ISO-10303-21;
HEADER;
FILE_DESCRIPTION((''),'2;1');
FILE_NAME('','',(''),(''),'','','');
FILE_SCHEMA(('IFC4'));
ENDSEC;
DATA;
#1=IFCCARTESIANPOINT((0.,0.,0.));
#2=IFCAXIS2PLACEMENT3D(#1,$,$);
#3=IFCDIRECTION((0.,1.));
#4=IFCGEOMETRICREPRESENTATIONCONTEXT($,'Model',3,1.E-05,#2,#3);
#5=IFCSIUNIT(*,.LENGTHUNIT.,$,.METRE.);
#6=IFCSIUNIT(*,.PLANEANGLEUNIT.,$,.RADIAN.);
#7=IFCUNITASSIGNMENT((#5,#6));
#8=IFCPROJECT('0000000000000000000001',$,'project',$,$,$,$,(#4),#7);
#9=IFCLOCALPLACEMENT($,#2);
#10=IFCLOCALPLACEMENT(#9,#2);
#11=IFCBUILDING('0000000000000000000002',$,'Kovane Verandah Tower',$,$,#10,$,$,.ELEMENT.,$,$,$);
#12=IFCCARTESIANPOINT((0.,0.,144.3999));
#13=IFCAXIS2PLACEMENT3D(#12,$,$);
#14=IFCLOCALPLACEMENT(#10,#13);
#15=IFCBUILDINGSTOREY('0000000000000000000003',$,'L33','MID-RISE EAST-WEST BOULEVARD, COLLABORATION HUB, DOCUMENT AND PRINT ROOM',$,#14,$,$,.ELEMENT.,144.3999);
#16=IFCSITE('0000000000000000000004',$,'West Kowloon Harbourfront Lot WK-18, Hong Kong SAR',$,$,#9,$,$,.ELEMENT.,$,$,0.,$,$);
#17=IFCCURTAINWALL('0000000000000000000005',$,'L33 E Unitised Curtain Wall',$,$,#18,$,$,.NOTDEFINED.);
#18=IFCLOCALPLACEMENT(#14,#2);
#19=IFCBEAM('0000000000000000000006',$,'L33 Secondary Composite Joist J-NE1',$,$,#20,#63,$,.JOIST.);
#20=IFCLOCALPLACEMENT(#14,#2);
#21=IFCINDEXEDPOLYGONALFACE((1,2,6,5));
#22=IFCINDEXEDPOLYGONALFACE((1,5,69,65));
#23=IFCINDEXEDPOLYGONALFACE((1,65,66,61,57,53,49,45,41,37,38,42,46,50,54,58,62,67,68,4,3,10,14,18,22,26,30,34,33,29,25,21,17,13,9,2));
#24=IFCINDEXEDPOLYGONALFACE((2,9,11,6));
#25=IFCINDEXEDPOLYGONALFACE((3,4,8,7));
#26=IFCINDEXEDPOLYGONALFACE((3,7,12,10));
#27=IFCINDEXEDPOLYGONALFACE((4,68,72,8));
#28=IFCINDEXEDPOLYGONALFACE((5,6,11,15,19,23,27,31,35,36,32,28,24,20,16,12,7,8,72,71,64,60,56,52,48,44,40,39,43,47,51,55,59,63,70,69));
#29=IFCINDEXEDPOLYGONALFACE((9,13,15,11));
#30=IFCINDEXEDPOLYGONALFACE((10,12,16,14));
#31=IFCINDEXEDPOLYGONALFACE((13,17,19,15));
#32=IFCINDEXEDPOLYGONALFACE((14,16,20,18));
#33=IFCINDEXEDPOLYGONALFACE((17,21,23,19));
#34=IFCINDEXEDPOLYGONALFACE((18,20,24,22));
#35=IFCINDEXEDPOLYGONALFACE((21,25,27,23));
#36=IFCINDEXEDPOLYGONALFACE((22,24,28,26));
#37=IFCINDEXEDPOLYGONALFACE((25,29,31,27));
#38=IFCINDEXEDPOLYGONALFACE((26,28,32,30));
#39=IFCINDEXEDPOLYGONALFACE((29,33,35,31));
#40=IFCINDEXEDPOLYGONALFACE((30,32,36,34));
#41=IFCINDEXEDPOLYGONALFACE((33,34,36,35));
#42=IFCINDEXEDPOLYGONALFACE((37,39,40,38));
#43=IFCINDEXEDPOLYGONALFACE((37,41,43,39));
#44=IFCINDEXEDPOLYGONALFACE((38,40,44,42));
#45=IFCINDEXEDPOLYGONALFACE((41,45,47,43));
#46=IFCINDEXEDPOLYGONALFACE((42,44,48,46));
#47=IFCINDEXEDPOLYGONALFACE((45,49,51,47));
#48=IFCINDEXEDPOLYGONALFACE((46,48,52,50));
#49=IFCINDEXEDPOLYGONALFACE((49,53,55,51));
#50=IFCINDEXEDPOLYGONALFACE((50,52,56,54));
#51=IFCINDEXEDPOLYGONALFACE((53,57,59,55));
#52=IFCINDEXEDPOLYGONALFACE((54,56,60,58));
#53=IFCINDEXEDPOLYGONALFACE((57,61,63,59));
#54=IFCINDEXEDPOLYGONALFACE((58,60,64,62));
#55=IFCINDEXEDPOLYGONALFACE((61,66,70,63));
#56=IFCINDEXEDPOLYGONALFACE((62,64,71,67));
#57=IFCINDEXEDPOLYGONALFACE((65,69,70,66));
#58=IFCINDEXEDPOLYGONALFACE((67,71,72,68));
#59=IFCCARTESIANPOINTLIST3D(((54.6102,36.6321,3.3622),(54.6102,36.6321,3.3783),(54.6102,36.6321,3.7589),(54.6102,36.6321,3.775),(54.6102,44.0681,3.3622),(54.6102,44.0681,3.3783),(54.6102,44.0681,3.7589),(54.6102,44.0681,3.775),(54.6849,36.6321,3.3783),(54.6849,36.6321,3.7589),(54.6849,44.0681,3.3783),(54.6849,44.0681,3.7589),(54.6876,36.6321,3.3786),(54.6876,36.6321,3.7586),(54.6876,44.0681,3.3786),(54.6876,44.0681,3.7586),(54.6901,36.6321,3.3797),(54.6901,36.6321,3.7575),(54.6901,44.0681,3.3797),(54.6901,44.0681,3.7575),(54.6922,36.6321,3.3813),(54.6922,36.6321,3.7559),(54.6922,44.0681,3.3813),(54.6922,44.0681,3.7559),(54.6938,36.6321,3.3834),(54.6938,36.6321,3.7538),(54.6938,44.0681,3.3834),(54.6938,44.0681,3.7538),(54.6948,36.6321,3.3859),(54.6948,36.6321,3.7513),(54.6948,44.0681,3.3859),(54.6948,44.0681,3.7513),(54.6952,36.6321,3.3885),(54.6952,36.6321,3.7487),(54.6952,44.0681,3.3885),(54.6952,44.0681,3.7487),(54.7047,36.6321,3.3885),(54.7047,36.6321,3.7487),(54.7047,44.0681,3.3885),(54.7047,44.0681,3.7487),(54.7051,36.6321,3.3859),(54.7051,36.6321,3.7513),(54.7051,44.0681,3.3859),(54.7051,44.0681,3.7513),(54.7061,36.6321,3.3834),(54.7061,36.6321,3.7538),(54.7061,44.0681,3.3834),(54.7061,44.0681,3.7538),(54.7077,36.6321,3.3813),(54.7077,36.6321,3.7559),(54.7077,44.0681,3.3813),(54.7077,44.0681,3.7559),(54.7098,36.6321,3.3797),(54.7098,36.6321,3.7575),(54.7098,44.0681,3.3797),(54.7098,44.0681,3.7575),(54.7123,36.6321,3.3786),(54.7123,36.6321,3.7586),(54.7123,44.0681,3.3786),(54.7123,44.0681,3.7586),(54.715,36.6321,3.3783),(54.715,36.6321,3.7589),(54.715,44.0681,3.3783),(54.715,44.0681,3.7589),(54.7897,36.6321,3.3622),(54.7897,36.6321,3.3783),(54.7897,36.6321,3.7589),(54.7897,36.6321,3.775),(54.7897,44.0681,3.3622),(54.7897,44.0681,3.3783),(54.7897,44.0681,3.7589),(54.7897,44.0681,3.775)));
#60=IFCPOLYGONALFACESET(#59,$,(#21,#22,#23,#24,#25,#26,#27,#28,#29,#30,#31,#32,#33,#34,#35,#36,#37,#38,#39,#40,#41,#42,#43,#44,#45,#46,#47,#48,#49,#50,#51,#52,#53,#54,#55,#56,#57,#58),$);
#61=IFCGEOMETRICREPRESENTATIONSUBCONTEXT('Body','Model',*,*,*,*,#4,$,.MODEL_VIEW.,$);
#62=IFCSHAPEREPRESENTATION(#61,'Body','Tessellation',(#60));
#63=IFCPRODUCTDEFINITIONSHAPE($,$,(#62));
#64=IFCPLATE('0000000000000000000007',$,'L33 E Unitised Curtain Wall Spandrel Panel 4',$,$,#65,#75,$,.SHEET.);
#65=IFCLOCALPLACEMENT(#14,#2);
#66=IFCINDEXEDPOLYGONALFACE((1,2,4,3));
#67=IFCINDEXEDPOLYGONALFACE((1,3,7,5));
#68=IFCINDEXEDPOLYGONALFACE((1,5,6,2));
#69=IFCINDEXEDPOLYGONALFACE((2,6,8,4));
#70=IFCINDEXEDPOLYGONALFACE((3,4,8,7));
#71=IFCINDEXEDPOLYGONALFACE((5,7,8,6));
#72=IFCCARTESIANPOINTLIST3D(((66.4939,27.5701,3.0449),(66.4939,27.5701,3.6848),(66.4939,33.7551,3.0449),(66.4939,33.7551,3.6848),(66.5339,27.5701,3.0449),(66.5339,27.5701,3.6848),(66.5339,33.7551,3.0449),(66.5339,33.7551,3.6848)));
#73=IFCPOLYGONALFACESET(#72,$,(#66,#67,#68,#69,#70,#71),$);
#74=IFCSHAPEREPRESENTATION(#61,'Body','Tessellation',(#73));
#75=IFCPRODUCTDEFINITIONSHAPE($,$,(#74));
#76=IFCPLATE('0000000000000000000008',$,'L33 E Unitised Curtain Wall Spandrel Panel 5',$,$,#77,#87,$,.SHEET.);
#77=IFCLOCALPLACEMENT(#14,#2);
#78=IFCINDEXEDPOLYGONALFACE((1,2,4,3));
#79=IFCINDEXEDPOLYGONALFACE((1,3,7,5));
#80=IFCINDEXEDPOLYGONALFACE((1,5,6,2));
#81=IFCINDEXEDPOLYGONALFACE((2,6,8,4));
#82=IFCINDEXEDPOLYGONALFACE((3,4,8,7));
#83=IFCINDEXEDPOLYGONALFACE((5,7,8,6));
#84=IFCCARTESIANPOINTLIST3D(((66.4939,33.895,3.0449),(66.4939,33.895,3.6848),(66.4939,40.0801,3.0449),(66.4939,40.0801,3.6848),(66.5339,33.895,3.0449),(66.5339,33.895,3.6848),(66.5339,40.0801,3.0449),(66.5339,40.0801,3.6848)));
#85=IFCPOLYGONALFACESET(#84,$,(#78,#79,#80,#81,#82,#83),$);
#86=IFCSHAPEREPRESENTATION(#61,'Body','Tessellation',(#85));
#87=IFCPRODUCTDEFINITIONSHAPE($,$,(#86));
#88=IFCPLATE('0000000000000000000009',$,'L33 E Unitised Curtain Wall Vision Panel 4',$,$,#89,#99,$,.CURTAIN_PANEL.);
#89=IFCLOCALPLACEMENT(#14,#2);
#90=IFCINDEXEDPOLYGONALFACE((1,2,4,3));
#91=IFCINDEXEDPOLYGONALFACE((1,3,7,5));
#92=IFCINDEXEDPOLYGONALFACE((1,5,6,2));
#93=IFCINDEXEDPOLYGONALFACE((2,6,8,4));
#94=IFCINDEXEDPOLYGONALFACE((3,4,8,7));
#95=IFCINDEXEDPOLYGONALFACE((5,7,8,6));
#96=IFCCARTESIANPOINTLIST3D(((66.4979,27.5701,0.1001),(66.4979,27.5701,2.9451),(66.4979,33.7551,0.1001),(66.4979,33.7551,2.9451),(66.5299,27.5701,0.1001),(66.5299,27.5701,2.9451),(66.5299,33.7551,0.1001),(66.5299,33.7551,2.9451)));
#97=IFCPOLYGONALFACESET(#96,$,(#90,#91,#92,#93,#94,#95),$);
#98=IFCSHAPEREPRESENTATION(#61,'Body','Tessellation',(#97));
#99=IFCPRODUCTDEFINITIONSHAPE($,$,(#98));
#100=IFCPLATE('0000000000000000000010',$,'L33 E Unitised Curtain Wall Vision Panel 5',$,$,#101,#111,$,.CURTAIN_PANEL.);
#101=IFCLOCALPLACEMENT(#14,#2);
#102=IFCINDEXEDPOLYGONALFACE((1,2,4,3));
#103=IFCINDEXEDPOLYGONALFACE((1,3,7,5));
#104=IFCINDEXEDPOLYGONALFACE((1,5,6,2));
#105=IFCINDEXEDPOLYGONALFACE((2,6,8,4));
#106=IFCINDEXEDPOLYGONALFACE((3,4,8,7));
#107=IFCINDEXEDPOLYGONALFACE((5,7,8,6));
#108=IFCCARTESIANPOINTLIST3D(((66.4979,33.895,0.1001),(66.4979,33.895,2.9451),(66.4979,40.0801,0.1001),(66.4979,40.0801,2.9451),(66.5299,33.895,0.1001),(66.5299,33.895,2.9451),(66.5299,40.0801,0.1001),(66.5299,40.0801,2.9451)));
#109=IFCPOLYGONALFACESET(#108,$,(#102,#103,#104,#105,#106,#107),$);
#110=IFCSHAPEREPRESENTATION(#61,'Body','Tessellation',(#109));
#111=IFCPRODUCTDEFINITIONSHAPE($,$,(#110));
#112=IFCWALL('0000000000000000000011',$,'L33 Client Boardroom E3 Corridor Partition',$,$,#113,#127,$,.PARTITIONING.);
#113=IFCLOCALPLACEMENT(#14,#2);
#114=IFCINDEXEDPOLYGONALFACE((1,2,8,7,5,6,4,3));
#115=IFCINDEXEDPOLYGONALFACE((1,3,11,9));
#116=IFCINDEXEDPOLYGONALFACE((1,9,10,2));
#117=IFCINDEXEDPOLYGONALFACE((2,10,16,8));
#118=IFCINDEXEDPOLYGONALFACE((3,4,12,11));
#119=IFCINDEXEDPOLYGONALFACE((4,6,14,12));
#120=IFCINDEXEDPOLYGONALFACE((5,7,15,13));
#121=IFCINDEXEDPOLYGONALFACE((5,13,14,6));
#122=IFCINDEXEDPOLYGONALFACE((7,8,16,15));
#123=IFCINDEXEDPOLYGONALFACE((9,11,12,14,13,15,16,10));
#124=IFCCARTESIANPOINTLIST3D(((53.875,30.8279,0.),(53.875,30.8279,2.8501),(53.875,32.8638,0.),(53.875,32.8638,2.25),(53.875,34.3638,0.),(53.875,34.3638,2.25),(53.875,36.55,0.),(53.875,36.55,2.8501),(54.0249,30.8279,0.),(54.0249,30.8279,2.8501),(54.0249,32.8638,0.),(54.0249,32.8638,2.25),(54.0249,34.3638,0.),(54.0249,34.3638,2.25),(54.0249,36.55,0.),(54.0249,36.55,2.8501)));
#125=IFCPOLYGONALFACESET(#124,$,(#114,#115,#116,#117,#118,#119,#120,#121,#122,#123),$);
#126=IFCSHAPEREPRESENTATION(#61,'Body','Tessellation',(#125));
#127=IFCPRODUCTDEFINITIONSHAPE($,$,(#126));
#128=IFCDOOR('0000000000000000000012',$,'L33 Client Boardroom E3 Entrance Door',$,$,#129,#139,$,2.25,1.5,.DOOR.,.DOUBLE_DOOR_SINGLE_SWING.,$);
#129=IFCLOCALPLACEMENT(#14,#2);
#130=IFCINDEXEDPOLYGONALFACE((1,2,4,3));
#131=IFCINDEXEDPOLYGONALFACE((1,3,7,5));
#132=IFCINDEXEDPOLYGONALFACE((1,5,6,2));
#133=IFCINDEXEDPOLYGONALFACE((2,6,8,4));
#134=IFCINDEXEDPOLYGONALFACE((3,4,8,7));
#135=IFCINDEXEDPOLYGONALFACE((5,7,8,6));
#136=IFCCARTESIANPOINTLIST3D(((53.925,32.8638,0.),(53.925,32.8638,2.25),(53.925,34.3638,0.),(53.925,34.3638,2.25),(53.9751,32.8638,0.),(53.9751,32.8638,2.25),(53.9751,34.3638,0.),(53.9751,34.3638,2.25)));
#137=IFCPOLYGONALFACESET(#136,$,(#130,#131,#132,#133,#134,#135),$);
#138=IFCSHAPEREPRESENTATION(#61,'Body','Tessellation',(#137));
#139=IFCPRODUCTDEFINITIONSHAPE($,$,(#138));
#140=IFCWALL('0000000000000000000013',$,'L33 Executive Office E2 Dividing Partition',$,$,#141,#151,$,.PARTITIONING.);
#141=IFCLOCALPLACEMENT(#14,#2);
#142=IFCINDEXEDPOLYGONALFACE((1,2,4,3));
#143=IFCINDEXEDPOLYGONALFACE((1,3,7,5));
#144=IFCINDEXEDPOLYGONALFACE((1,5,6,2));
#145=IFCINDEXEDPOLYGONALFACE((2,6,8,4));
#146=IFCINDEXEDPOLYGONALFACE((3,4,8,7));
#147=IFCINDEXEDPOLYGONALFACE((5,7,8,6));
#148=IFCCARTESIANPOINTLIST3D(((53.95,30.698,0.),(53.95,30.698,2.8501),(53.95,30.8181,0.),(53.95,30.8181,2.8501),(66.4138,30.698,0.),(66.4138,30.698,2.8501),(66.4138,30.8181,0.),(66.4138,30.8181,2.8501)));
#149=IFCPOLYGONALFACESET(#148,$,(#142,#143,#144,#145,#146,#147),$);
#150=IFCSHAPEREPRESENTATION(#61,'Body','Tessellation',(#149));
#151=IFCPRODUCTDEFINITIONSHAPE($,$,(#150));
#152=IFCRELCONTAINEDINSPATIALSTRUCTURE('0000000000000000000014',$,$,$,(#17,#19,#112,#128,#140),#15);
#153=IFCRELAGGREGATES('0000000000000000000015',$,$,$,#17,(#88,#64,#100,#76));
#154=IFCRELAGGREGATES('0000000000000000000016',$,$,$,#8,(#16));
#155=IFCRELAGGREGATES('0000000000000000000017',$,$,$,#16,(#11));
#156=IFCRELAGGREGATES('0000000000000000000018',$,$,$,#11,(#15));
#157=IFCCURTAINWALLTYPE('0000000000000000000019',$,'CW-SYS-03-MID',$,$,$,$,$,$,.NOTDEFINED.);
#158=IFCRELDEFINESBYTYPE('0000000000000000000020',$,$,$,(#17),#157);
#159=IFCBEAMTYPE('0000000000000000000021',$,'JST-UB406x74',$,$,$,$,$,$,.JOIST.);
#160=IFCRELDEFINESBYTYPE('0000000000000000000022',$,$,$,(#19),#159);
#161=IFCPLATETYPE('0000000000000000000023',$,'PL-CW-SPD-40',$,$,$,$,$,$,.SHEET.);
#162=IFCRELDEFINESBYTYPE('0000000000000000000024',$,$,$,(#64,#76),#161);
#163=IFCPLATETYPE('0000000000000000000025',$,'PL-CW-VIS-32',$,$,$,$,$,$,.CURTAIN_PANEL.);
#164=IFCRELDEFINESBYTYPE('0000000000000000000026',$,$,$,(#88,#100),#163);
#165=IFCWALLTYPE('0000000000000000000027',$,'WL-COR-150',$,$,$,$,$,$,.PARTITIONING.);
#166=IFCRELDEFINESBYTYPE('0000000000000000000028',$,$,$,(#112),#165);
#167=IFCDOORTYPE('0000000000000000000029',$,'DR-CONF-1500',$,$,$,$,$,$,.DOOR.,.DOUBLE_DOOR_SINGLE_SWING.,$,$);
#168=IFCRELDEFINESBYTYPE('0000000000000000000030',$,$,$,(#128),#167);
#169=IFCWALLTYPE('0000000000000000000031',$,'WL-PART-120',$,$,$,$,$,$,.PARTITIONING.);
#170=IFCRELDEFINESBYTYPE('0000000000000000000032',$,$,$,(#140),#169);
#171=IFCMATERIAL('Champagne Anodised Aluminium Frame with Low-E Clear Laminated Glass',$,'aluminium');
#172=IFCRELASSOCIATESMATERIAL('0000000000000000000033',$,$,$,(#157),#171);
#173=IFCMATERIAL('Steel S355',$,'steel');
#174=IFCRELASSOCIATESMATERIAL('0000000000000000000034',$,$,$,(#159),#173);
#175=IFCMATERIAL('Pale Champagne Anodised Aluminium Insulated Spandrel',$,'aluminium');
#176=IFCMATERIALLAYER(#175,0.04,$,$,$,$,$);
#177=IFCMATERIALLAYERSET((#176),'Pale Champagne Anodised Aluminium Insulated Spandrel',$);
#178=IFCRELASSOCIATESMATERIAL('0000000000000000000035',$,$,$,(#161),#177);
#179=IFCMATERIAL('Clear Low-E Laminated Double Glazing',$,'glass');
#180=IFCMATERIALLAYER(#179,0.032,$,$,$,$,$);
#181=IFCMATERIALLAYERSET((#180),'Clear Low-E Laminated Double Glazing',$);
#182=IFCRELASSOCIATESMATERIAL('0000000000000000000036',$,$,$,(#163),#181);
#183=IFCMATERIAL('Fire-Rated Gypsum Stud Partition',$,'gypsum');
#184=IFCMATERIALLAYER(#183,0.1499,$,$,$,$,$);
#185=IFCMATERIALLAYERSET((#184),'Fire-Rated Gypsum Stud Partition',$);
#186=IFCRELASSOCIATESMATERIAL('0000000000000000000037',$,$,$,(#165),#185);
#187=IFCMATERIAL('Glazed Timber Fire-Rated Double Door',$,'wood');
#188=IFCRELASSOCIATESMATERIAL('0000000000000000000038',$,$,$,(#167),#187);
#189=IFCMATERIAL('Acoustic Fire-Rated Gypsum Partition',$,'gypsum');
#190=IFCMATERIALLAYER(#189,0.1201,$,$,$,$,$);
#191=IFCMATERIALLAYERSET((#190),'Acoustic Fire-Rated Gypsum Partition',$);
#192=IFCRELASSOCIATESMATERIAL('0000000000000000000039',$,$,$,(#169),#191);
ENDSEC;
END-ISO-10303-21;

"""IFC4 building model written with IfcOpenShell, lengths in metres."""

from ifc_helpers import new_model, si_unit, direction, frame, frame_2d, origin, origin_2d, place, context, subcontext, project, spatial, rectangle, i_section, extrude, material, layer, layer_set, material_profile, profile_set, type_object, element, fill, aggregate, save


model = new_model("IFC4")

# Units and contexts
model_context = context("Model", 3, precision=1e-05, world=origin(), true_north=direction((0.0, 1.0)))
body_context = subcontext(model_context, "Body", "Model", "MODEL_VIEW")
ifc_project = project(units=[si_unit("LENGTHUNIT", "METRE"), si_unit("PLANEANGLEUNIT", "RADIAN")], contexts=[model_context])

# Site, building, storey
site_placement = place(None, origin())
site = spatial("IfcSite", under=ifc_project, at=site_placement, Name="West Kowloon Harbourfront Lot WK-18, Hong Kong SAR", CompositionType="ELEMENT", RefElevation=0.0)
building_placement = place(site_placement, origin())
building = spatial("IfcBuilding", under=site, at=building_placement, Name="Kovane Verandah Tower", CompositionType="ELEMENT")
storey_placement = place(building_placement, frame((0.0, 0.0, 144.3999)))
storey = spatial("IfcBuildingStorey", under=building, at=storey_placement, Name="L33", Description="MID-RISE EAST-WEST BOULEVARD, COLLABORATION HUB, DOCUMENT AND PRINT ROOM", CompositionType="ELEMENT", Elevation=144.3999)

# Shared definitions
ifc_material_1 = material(Name="Steel S355", Category="steel")

# Curtain wall
ifc_material_2 = material(Name="Champagne Anodised Aluminium Frame with Low-E Clear Laminated Glass", Category="aluminium")
curtain_wall_type = type_object("IfcCurtainWallType", Name="CW-SYS-03-MID", PredefinedType="NOTDEFINED", material=ifc_material_2)
curtain_wall_placement = place(storey_placement, origin())
curtain_wall = element("IfcCurtainWall", 1, at=curtain_wall_placement, inside=storey, type_object=curtain_wall_type, Name="L33 E Unitised Curtain Wall", PredefinedType="NOTDEFINED")

# Beam
ifc_material_profile_1 = material_profile(ifc_material_1, i_section(OverallWidth=0.1794, OverallDepth=0.4128, WebThickness=0.0095, FlangeThickness=0.0161, FilletRadius=0.0103, at=origin_2d()), Name="UB406x178x74")
ifc_profile_set_1 = profile_set([ifc_material_profile_1], Name="Steel S355")
beam_type_1 = type_object("IfcBeamType", Name="JST-UB406x74", PredefinedType="JOIST", material=ifc_profile_set_1)
beam_1_placement = place(storey_placement, frame((54.7, 36.6321, 3.5686), z_axis=(0.0, 1.0, 0.0), x_axis=(-1.0, 0.0, 0.0)))
element("IfcBeam", 2, at=beam_1_placement, inside=storey, type_object=beam_type_1, Name="L33 Secondary Composite Joist J-NE1", PredefinedType="JOIST", context=body_context, shape_type="SweptSolid", body=[
    extrude(i_section(OverallWidth=0.1794, OverallDepth=0.4128, WebThickness=0.0095, FlangeThickness=0.0161, FilletRadius=0.0103, at=origin_2d()), origin(), (0.0, 0.0, 1.0), 7.436),
])

# Plates
ifc_material_3 = material(Name="Pale Champagne Anodised Aluminium Insulated Spandrel", Category="aluminium")
ifc_layer_1 = layer(ifc_material_3, 0.04)
ifc_layer_set_1 = layer_set([ifc_layer_1], Name="Pale Champagne Anodised Aluminium Insulated Spandrel")
plate_type_1 = type_object("IfcPlateType", Name="PL-CW-SPD-40", PredefinedType="SHEET", material=ifc_layer_set_1)
plate_1_placement = place(storey_placement, frame((66.5139, 30.6626, 3.0449), z_axis=(0.0, 0.0, 1.0), x_axis=(0.0, 1.0, 0.0)))
plate_1 = element("IfcPlate", 3, at=plate_1_placement, type_object=plate_type_1, Name="L33 E Unitised Curtain Wall Spandrel Panel 4", PredefinedType="SHEET", context=body_context, shape_type="SweptSolid", body=[
    extrude(rectangle(XDim=6.1851, YDim=0.04, at=origin_2d()), origin(), (0.0, 0.0, 1.0), 0.6399),
])
plate_2_placement = place(storey_placement, frame((66.5139, 36.9875, 3.0449), z_axis=(0.0, 0.0, 1.0), x_axis=(0.0, 1.0, 0.0)))
plate_2 = element("IfcPlate", 4, at=plate_2_placement, type_object=plate_type_1, Name="L33 E Unitised Curtain Wall Spandrel Panel 5", PredefinedType="SHEET", context=body_context, shape_type="SweptSolid", body=[
    extrude(rectangle(XDim=6.1851, YDim=0.04, at=origin_2d()), origin(), (0.0, 0.0, 1.0), 0.6399),
])
ifc_material_4 = material(Name="Clear Low-E Laminated Double Glazing", Category="glass")
ifc_layer_2 = layer(ifc_material_4, 0.032)
ifc_layer_set_2 = layer_set([ifc_layer_2], Name="Clear Low-E Laminated Double Glazing")
plate_type_2 = type_object("IfcPlateType", Name="PL-CW-VIS-32", PredefinedType="CURTAIN_PANEL", material=ifc_layer_set_2)
plate_3_placement = place(storey_placement, frame((66.5139, 30.6626, 0.1001), z_axis=(0.0, 0.0, 1.0), x_axis=(0.0, 1.0, 0.0)))
plate_3 = element("IfcPlate", 5, at=plate_3_placement, type_object=plate_type_2, Name="L33 E Unitised Curtain Wall Vision Panel 4", PredefinedType="CURTAIN_PANEL", context=body_context, shape_type="SweptSolid", body=[
    extrude(rectangle(XDim=6.1851, YDim=0.032, at=origin_2d()), origin(), (0.0, 0.0, 1.0), 2.845),
])
plate_4_placement = place(storey_placement, frame((66.5139, 36.9875, 0.1001), z_axis=(0.0, 0.0, 1.0), x_axis=(0.0, 1.0, 0.0)))
plate_4 = element("IfcPlate", 6, at=plate_4_placement, type_object=plate_type_2, Name="L33 E Unitised Curtain Wall Vision Panel 5", PredefinedType="CURTAIN_PANEL", context=body_context, shape_type="SweptSolid", body=[
    extrude(rectangle(XDim=6.1851, YDim=0.032, at=origin_2d()), origin(), (0.0, 0.0, 1.0), 2.845),
])
aggregate(curtain_wall, [plate_3, plate_1, plate_4, plate_2])

# Wall, opening, door
ifc_material_5 = material(Name="Fire-Rated Gypsum Stud Partition", Category="gypsum")
ifc_layer_3 = layer(ifc_material_5, 0.1499)
ifc_layer_set_3 = layer_set([ifc_layer_3], Name="Fire-Rated Gypsum Stud Partition")
wall_type_1 = type_object("IfcWallType", Name="WL-COR-150", PredefinedType="PARTITIONING", material=ifc_layer_set_3)
wall_1_placement = place(storey_placement, frame((53.95, 30.8279, 0.0), z_axis=(0.0, 0.0, 1.0), x_axis=(0.0, 1.0, 0.0)))
wall_1 = element("IfcWall", 7, at=wall_1_placement, inside=storey, type_object=wall_type_1, Name="L33 Client Boardroom E3 Corridor Partition", PredefinedType="PARTITIONING", context=body_context, shape_type="SweptSolid", body=[
    extrude(rectangle(XDim=5.7222, YDim=0.1499, at=frame_2d((2.8611, 0.0))), origin(), (0.0, 0.0, 1.0), 2.8501),
])
opening_placement = place(wall_1_placement, frame((2.0359, 0.0, 0.0)))
opening = element("IfcOpeningElement", 8, at=opening_placement, cuts=wall_1, PredefinedType="OPENING", context=body_context, shape_type="SweptSolid", body=[
    extrude(rectangle(XDim=1.5, YDim=2.25, at=frame_2d((0.75, 1.125))), frame((0.0, 0.075, 0.0), z_axis=(0.0, -1.0, 0.0), x_axis=(1.0, 0.0, 0.0)), (0.0, 0.0, 1.0), 0.1499),
])
ifc_material_6 = material(Name="Glazed Timber Fire-Rated Double Door", Category="wood")
door_type = type_object("IfcDoorType", Name="DR-CONF-1500", OperationType="DOUBLE_DOOR_SINGLE_SWING", PredefinedType="DOOR", material=ifc_material_6)
door_placement = place(opening_placement, origin())
door = element("IfcDoor", 9, at=door_placement, inside=storey, type_object=door_type, Name="L33 Client Boardroom E3 Entrance Door", OperationType="DOUBLE_DOOR_SINGLE_SWING", OverallHeight=2.25, OverallWidth=1.5, PredefinedType="DOOR", context=body_context, shape_type="SweptSolid", body=[
    extrude(rectangle(XDim=1.5, YDim=2.25, at=frame_2d((0.75, 1.125))), frame((0.0, 0.0249, 0.0), z_axis=(0.0, -1.0, 0.0), x_axis=(1.0, 0.0, 0.0)), (0.0, 0.0, 1.0), 0.05),
])
fill(opening, door)

# Wall
ifc_material_7 = material(Name="Acoustic Fire-Rated Gypsum Partition", Category="gypsum")
ifc_layer_4 = layer(ifc_material_7, 0.1201)
ifc_layer_set_4 = layer_set([ifc_layer_4], Name="Acoustic Fire-Rated Gypsum Partition")
wall_type_2 = type_object("IfcWallType", Name="WL-PART-120", PredefinedType="PARTITIONING", material=ifc_layer_set_4)
wall_2_placement = place(storey_placement, frame((53.95, 30.7581, 0.0), z_axis=(0.0, 0.0, 1.0), x_axis=(1.0, 0.0, 0.0)))
element("IfcWall", 10, at=wall_2_placement, inside=storey, type_object=wall_type_2, Name="L33 Executive Office E2 Dividing Partition", PredefinedType="PARTITIONING", context=body_context, shape_type="SweptSolid", body=[
    extrude(rectangle(XDim=12.4639, YDim=0.1201, at=frame_2d((6.2319, 0.0))), origin(), (0.0, 0.0, 1.0), 2.8501),
])

save(model, "model.ifc")
